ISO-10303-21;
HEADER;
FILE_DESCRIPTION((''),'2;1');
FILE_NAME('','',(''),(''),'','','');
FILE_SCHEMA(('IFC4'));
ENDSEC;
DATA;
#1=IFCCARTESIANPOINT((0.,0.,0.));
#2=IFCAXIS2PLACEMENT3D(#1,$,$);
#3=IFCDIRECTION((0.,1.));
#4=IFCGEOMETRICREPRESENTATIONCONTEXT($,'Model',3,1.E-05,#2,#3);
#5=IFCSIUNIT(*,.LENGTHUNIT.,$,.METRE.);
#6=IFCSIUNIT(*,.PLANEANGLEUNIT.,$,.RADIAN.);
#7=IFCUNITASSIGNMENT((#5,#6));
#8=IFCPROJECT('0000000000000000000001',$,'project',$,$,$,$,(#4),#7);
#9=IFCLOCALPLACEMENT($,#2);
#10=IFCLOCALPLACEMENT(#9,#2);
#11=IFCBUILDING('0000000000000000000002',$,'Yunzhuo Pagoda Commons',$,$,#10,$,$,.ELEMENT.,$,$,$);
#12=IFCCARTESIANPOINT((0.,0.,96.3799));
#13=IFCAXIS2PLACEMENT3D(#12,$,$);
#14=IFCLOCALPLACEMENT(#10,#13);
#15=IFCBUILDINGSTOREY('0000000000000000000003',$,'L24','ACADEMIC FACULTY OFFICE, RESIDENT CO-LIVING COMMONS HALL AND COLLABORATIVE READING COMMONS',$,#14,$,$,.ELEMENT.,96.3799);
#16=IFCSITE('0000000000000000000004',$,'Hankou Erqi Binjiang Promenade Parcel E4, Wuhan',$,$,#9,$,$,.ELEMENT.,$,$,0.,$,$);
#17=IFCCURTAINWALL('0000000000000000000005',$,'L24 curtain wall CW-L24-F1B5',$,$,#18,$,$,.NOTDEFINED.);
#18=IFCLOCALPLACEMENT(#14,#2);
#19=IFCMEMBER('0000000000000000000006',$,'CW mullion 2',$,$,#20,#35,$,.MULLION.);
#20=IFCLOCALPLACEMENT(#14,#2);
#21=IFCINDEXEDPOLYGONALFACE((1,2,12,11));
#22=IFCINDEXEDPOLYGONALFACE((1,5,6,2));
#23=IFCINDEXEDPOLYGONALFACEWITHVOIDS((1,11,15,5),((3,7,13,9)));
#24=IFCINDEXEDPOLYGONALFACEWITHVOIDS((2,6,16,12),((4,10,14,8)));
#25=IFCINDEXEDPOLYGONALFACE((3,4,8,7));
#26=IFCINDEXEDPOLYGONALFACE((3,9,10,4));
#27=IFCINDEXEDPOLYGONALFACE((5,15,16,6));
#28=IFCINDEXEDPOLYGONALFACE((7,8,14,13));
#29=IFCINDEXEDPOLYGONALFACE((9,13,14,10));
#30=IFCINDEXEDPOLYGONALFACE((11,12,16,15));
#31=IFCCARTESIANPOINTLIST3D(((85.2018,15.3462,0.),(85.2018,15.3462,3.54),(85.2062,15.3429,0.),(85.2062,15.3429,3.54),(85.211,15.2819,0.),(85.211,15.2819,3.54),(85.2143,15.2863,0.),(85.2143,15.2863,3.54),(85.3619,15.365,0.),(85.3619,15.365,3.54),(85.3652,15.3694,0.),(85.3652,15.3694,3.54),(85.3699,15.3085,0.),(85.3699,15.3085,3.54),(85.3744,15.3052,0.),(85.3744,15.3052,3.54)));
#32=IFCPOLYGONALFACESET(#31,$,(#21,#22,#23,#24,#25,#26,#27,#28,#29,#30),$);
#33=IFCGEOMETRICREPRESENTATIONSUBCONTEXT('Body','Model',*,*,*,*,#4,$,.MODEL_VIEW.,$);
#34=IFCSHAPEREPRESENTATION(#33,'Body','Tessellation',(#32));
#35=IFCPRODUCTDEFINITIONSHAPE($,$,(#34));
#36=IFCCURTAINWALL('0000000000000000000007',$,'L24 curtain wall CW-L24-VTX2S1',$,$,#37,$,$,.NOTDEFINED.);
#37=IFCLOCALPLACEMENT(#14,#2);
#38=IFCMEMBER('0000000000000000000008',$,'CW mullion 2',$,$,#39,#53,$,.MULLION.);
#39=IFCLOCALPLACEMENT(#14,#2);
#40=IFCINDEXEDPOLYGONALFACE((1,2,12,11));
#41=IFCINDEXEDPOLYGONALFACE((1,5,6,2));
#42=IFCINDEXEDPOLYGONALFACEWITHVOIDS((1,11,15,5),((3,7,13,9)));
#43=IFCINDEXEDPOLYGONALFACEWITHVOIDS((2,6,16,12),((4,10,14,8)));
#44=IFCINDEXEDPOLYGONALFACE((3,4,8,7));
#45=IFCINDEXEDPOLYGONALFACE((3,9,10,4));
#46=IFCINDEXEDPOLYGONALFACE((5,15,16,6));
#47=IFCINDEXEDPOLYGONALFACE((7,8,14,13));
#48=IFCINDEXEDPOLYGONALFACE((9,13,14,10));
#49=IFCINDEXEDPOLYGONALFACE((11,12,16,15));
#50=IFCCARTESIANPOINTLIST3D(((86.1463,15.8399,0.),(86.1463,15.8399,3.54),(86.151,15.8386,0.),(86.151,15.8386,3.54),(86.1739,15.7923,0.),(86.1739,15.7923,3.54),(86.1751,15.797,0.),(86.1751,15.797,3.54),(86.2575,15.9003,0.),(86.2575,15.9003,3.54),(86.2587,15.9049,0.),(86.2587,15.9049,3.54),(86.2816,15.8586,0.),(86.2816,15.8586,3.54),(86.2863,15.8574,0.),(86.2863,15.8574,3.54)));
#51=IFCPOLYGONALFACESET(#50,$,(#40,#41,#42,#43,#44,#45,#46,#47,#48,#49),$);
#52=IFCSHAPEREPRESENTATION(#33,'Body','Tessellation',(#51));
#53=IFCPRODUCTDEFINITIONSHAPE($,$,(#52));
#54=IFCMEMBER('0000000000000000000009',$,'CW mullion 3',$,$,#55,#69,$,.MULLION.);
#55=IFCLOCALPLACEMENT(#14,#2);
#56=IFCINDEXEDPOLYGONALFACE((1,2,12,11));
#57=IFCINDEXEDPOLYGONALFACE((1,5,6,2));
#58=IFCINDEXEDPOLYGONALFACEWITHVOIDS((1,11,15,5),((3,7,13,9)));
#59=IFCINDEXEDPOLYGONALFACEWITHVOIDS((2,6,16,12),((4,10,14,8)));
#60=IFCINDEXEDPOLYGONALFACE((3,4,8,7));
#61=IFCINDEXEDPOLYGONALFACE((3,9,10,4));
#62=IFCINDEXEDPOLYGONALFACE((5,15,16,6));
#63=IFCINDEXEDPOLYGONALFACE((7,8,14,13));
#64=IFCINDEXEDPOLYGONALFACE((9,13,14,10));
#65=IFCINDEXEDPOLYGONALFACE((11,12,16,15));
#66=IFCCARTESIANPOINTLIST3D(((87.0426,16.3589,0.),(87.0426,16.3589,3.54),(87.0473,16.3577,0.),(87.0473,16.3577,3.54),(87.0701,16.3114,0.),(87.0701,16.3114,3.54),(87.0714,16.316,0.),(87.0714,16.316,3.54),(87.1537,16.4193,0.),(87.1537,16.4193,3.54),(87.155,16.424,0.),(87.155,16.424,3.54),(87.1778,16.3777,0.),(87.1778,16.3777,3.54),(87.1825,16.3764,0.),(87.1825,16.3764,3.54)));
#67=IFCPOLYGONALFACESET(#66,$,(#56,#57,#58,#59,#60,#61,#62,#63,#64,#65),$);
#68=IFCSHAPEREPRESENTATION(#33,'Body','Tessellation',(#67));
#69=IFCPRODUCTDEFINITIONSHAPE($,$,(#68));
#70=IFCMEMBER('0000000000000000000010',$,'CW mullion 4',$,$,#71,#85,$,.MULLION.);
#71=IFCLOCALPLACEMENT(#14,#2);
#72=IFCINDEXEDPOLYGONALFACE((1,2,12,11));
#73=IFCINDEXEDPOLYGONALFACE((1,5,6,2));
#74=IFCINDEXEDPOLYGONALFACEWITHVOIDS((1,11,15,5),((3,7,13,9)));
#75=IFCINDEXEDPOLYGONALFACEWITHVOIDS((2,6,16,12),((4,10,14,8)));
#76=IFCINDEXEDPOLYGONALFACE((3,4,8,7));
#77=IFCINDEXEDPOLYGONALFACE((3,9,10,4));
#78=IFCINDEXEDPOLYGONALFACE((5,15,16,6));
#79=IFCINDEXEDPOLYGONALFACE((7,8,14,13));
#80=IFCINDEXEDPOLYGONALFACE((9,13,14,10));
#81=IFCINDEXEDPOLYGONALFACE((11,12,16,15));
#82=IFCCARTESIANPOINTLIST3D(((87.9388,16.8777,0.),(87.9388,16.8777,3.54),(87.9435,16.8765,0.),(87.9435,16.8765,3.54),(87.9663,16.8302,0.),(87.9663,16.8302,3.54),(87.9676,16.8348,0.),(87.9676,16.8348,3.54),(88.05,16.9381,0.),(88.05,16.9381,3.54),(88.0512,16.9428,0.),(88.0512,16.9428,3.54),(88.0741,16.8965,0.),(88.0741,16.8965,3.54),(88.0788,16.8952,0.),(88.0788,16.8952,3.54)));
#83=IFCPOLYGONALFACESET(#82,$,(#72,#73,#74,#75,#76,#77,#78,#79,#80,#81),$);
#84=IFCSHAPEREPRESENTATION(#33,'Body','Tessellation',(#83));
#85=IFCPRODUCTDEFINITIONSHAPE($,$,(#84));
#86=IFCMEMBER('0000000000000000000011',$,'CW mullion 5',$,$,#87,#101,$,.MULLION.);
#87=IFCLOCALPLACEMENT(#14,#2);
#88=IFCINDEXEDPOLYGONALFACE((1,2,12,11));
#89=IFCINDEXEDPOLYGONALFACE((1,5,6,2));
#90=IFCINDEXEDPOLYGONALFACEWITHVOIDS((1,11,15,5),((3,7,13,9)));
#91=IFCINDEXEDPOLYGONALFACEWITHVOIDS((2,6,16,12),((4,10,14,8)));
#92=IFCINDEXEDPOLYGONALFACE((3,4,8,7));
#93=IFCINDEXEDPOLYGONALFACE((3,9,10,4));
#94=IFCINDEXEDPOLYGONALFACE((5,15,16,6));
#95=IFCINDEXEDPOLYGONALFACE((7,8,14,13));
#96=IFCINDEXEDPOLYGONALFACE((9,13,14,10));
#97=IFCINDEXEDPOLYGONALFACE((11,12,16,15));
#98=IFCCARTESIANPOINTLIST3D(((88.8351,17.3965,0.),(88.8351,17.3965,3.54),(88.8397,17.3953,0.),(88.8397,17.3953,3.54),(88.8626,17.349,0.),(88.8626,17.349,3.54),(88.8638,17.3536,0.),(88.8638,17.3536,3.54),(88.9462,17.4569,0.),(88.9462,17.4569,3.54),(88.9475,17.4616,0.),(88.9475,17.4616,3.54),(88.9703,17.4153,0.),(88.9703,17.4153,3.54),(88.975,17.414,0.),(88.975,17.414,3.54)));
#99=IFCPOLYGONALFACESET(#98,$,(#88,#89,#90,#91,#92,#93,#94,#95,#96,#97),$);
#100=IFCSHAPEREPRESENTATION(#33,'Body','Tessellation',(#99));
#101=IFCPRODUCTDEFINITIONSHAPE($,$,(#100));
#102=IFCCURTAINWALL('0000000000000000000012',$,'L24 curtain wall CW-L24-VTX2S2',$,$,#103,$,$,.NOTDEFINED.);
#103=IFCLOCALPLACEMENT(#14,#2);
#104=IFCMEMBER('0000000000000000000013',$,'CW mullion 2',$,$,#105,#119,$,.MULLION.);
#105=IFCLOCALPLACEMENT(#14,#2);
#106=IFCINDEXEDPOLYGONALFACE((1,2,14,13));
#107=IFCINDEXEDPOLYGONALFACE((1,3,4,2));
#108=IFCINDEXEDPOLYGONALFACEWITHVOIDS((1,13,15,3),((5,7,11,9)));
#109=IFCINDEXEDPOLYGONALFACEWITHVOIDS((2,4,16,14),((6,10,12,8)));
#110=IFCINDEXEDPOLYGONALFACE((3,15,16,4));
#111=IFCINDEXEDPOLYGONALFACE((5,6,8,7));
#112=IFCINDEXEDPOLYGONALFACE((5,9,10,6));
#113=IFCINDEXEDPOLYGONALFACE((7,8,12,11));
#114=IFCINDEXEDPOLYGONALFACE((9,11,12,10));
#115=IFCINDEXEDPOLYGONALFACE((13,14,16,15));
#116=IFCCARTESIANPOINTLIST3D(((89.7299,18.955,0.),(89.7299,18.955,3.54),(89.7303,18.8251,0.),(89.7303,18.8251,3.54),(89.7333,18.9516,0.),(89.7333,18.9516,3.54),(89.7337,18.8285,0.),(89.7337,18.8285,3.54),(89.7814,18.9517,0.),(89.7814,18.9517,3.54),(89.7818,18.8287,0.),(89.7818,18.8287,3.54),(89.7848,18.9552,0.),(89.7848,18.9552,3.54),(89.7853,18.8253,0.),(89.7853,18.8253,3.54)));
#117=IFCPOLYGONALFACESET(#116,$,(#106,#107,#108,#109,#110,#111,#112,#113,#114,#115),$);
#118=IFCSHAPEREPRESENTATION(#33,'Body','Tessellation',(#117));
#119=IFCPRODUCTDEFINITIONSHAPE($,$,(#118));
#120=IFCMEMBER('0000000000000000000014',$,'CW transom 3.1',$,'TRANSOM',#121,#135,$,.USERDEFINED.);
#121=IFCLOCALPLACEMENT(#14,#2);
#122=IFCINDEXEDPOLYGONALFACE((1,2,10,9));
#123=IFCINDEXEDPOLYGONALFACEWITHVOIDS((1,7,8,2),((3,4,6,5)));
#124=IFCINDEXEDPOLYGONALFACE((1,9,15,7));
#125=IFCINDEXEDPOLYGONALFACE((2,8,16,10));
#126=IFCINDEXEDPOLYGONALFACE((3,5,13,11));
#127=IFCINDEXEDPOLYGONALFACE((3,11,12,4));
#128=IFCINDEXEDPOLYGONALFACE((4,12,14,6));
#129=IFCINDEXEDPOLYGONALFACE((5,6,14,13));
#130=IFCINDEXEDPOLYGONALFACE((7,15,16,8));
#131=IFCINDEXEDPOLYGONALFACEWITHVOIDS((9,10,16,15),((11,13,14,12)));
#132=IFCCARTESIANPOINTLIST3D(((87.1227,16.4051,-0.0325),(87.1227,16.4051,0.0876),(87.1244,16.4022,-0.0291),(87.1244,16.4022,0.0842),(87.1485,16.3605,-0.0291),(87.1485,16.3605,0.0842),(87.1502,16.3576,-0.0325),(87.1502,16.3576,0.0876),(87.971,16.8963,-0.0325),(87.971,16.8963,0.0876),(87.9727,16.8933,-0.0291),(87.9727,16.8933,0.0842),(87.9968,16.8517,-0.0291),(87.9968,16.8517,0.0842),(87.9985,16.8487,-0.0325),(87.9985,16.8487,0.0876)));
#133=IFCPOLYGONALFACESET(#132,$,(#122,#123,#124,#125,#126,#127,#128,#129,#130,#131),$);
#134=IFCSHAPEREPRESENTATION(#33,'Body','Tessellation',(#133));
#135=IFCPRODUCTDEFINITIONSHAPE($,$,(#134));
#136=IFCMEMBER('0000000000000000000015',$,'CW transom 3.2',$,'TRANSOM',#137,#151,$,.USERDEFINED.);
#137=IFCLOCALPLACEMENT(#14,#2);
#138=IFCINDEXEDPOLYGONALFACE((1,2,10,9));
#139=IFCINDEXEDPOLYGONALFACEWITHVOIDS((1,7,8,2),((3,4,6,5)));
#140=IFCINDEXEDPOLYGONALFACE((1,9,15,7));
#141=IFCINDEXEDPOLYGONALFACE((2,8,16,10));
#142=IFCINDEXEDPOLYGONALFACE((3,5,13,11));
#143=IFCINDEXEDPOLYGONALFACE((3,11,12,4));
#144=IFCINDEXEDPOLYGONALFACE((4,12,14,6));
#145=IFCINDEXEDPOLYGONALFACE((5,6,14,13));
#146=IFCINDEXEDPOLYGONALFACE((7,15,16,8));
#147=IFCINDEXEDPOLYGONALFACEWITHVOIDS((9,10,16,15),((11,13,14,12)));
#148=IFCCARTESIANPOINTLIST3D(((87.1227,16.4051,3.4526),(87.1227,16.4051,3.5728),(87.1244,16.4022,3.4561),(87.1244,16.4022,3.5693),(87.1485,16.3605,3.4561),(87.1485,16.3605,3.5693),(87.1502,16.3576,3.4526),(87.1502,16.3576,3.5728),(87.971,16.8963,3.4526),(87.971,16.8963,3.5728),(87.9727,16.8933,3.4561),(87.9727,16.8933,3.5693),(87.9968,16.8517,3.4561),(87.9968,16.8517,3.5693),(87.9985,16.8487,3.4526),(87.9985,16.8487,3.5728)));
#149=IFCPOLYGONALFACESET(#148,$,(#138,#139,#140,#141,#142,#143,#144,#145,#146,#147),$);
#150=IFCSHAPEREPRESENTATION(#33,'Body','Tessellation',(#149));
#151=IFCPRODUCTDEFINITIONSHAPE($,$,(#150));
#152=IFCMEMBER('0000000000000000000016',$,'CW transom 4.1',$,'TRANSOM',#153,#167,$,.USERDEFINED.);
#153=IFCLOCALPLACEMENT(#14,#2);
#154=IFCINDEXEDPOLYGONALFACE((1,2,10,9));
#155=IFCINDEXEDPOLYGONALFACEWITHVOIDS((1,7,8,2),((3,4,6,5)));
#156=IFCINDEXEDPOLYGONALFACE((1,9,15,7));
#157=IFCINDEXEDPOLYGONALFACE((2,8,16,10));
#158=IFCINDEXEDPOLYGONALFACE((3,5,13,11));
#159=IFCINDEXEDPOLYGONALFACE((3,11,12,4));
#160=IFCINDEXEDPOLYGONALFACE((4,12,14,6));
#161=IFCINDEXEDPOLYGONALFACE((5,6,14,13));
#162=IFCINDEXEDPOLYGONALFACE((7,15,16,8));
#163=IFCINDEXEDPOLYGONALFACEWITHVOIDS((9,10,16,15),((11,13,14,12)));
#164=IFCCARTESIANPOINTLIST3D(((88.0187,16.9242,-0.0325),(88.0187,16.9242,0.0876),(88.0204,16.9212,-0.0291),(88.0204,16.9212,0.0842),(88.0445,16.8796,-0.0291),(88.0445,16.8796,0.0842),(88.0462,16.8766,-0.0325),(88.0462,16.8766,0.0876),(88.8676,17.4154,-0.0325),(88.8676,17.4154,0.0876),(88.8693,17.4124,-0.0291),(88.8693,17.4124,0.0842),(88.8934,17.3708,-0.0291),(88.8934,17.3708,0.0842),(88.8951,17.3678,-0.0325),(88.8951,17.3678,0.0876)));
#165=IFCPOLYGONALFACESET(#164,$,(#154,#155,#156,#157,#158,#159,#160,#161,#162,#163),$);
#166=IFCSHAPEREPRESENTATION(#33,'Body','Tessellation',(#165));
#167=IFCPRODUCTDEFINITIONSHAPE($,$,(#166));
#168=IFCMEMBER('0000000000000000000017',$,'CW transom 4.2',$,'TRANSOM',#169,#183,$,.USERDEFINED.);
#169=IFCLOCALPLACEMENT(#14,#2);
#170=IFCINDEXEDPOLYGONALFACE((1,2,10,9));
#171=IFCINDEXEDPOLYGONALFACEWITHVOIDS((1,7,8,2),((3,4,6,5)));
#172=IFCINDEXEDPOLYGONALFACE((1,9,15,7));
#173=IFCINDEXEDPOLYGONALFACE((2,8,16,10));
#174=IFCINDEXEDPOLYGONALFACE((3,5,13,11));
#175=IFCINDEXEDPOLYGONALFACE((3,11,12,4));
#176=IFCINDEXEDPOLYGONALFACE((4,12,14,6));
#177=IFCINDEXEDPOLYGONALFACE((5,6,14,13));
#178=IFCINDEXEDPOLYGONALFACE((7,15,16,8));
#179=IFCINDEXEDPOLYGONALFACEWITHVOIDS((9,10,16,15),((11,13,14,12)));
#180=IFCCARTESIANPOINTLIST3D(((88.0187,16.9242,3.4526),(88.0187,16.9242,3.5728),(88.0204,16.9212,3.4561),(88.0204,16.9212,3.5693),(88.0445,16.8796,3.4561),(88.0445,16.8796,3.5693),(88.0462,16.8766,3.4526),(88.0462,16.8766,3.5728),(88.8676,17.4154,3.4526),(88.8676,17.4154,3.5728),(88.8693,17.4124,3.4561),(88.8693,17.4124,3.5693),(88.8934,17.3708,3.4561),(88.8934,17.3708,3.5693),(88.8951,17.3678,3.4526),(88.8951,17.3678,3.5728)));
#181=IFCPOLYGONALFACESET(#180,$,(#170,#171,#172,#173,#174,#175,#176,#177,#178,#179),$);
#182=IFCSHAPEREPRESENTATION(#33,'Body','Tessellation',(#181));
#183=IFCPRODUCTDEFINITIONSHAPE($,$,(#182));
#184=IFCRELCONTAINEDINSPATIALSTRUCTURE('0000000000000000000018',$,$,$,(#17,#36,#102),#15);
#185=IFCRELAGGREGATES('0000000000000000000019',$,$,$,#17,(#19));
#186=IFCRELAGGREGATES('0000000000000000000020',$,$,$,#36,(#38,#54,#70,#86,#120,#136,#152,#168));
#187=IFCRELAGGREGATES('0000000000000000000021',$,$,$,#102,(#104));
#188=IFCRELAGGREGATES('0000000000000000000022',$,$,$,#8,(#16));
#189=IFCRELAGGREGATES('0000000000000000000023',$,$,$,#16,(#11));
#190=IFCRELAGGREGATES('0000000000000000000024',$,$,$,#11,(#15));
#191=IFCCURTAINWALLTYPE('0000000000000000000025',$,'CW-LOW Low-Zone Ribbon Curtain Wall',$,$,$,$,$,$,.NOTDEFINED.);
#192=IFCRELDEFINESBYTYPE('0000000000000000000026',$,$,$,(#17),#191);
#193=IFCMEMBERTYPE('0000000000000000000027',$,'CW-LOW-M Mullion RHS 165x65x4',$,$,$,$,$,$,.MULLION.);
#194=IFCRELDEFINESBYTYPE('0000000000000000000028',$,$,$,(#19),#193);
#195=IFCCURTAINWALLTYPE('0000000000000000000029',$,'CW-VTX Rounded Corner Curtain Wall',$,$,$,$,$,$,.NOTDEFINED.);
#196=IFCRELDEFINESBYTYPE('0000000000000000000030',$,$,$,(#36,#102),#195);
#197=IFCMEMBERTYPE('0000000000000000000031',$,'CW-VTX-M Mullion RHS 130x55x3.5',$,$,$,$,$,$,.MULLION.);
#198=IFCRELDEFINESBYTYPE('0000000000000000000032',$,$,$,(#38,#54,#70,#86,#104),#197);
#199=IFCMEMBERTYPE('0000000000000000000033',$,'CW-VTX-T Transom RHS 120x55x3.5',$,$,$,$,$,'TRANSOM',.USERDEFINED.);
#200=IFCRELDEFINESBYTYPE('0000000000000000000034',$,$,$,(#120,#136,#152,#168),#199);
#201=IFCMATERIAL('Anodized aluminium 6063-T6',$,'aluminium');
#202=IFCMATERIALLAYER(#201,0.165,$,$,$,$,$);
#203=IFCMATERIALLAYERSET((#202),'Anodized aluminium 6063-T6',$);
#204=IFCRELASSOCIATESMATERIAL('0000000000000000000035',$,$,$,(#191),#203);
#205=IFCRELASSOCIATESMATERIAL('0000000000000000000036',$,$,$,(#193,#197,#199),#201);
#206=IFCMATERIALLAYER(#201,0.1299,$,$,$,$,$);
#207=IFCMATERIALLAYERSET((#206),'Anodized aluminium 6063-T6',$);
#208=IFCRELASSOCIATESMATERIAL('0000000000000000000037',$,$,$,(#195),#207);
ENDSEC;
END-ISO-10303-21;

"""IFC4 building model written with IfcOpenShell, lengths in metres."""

from ifc_helpers import new_model, si_unit, direction, frame, origin, origin_2d, place, context, subcontext, project, spatial, hollow_rectangle, extrude, source, transform, mapped, material, layer, layer_set, material_profile, profile_set, type_object, element, aggregate, save


model = new_model("IFC4")

# Units and contexts
model_context = context("Model", 3, precision=1e-05, world=origin(), true_north=direction((0.0, 1.0)))
body_context = subcontext(model_context, "Body", "Model", "MODEL_VIEW")
ifc_project = project(units=[si_unit("LENGTHUNIT", "METRE"), si_unit("PLANEANGLEUNIT", "RADIAN")], contexts=[model_context])

# Site, building, storey
site_placement = place(None, origin())
site = spatial("IfcSite", under=ifc_project, at=site_placement, Name="Hankou Erqi Binjiang Promenade Parcel E4, Wuhan", CompositionType="ELEMENT", RefElevation=0.0)
building_placement = place(site_placement, origin())
building = spatial("IfcBuilding", under=site, at=building_placement, Name="Yunzhuo Pagoda Commons", CompositionType="ELEMENT")
storey_placement = place(building_placement, frame((0.0, 0.0, 96.3799)))
storey = spatial("IfcBuildingStorey", under=building, at=storey_placement, Name="L24", Description="ACADEMIC FACULTY OFFICE, RESIDENT CO-LIVING COMMONS HALL AND COLLABORATIVE READING COMMONS", CompositionType="ELEMENT", Elevation=96.3799)

# Curtain wall, member
ifc_material_1 = material(Name="Anodized aluminium 6063-T6", Category="aluminium")
ifc_layer_1 = layer(ifc_material_1, 0.165)
ifc_layer_set_1 = layer_set([ifc_layer_1], Name="Anodized aluminium 6063-T6")
curtain_wall_type_1 = type_object("IfcCurtainWallType", Name="CW-LOW Low-Zone Ribbon Curtain Wall", PredefinedType="NOTDEFINED", material=ifc_layer_set_1)
curtain_wall_1_placement = place(storey_placement, origin())
curtain_wall_1 = element("IfcCurtainWall", 1, at=curtain_wall_1_placement, inside=storey, type_object=curtain_wall_type_1, Name="L24 curtain wall CW-L24-F1B5", PredefinedType="NOTDEFINED")
ifc_material_profile_1 = material_profile(ifc_material_1, hollow_rectangle(XDim=0.0649, YDim=0.165, WallThickness=0.0039, at=origin_2d()), Name="Anodized aluminium 6063-T6")
ifc_profile_set_1 = profile_set([ifc_material_profile_1], Name="Anodized aluminium 6063-T6")
member_type_1 = type_object("IfcMemberType", Name="CW-LOW-M Mullion RHS 165x65x4", PredefinedType="MULLION", material=ifc_profile_set_1)
shared_shape_1 = source(origin(), body_context, "Body", "SweptSolid", [
    extrude(hollow_rectangle(XDim=0.0649, YDim=0.165, WallThickness=0.0039, at=origin_2d()), origin(), (0.0, 0.0, 1.0), 3.54),
])
member_1_placement = place(storey_placement, frame((85.2881, 15.3257, 0.0), z_axis=(0.0, 0.0, 1.0), x_axis=(-0.140774, 0.990042, 0.0)))
member_1 = element("IfcMember", 2, at=member_1_placement, type_object=member_type_1, Name="CW mullion 2", PredefinedType="MULLION", context=body_context, shape_type="MappedRepresentation", body=[
    mapped(shared_shape_1, transform((0.0, 0.0, 0.0), scale=1.0)),
])
aggregate(curtain_wall_1, [member_1])

# Curtain wall, members
ifc_layer_2 = layer(ifc_material_1, 0.1299)
ifc_layer_set_2 = layer_set([ifc_layer_2], Name="Anodized aluminium 6063-T6")
curtain_wall_type_2 = type_object("IfcCurtainWallType", Name="CW-VTX Rounded Corner Curtain Wall", PredefinedType="NOTDEFINED", material=ifc_layer_set_2)
curtain_wall_2_placement = place(storey_placement, origin())
curtain_wall_2 = element("IfcCurtainWall", 3, at=curtain_wall_2_placement, inside=storey, type_object=curtain_wall_type_2, Name="L24 curtain wall CW-L24-VTX2S1", PredefinedType="NOTDEFINED")
ifc_material_profile_2 = material_profile(ifc_material_1, hollow_rectangle(XDim=0.0549, YDim=0.1299, WallThickness=0.0034, at=origin_2d()), Name="Anodized aluminium 6063-T6")
ifc_profile_set_2 = profile_set([ifc_material_profile_2], Name="Anodized aluminium 6063-T6")
member_type_2 = type_object("IfcMemberType", Name="CW-VTX-M Mullion RHS 130x55x3.5", PredefinedType="MULLION", material=ifc_profile_set_2)
shared_shape_2 = source(origin(), body_context, "Body", "SweptSolid", [
    extrude(hollow_rectangle(XDim=0.0549, YDim=0.1299, WallThickness=0.0034, at=origin_2d()), origin(), (0.0, 0.0, 1.0), 3.54),
])
member_2_placement = place(storey_placement, frame((86.2163, 15.8486, 0.0), z_axis=(0.0, 0.0, 1.0), x_axis=(-0.501036, 0.865427, 0.0)))
member_2 = element("IfcMember", 4, at=member_2_placement, type_object=member_type_2, Name="CW mullion 2", PredefinedType="MULLION", context=body_context, shape_type="MappedRepresentation", body=[
    mapped(shared_shape_2, transform((0.0, 0.0, 0.0), scale=1.0)),
])
member_3_placement = place(storey_placement, frame((87.1125, 16.3677, 0.0), z_axis=(0.0, 0.0, 1.0), x_axis=(-0.501036, 0.865427, 0.0)))
member_3 = element("IfcMember", 5, at=member_3_placement, type_object=member_type_2, Name="CW mullion 3", PredefinedType="MULLION", context=body_context, shape_type="MappedRepresentation", body=[
    mapped(shared_shape_2, transform((0.0, 0.0, 0.0), scale=1.0)),
])
member_4_placement = place(storey_placement, frame((88.0088, 16.8865, 0.0), z_axis=(0.0, 0.0, 1.0), x_axis=(-0.501036, 0.865427, 0.0)))
member_4 = element("IfcMember", 6, at=member_4_placement, type_object=member_type_2, Name="CW mullion 4", PredefinedType="MULLION", context=body_context, shape_type="MappedRepresentation", body=[
    mapped(shared_shape_2, transform((0.0, 0.0, 0.0), scale=1.0)),
])
member_5_placement = place(storey_placement, frame((88.905, 17.4053, 0.0), z_axis=(0.0, 0.0, 1.0), x_axis=(-0.501036, 0.865427, 0.0)))
member_5 = element("IfcMember", 7, at=member_5_placement, type_object=member_type_2, Name="CW mullion 5", PredefinedType="MULLION", context=body_context, shape_type="MappedRepresentation", body=[
    mapped(shared_shape_2, transform((0.0, 0.0, 0.0), scale=1.0)),
])

# Curtain wall, member
curtain_wall_3_placement = place(storey_placement, origin())
curtain_wall_3 = element("IfcCurtainWall", 8, at=curtain_wall_3_placement, inside=storey, type_object=curtain_wall_type_2, Name="L24 curtain wall CW-L24-VTX2S2", PredefinedType="NOTDEFINED")
member_6_placement = place(storey_placement, frame((89.7576, 18.8901, 0.0), z_axis=(0.0, 0.0, 1.0), x_axis=(-0.999994, -0.003573, 0.0)))
member_6 = element("IfcMember", 9, at=member_6_placement, type_object=member_type_2, Name="CW mullion 2", PredefinedType="MULLION", context=body_context, shape_type="MappedRepresentation", body=[
    mapped(shared_shape_2, transform((0.0, 0.0, 0.0), scale=1.0)),
])

# Members
ifc_material_profile_3 = material_profile(ifc_material_1, hollow_rectangle(XDim=0.0549, YDim=0.1201, WallThickness=0.0034, at=origin_2d()), Name="Anodized aluminium 6063-T6")
ifc_profile_set_3 = profile_set([ifc_material_profile_3], Name="Anodized aluminium 6063-T6")
member_type_3 = type_object("IfcMemberType", Name="CW-VTX-T Transom RHS 120x55x3.5", ElementType="TRANSOM", PredefinedType="USERDEFINED", material=ifc_profile_set_3)
shared_shape_3 = source(origin(), body_context, "Body", "SweptSolid", [
    extrude(hollow_rectangle(XDim=0.0549, YDim=0.1201, WallThickness=0.0034, at=origin_2d()), origin(), (0.0, 0.0, 1.0), 0.9802),
])
member_7_placement = place(storey_placement, frame((87.1365, 16.3813, 0.0276), z_axis=(0.865409, 0.501066, 0.0), x_axis=(-0.501066, 0.865409, 0.0)))
member_7 = element("IfcMember", 10, at=member_7_placement, type_object=member_type_3, Name="CW transom 3.1", ObjectType="TRANSOM", PredefinedType="USERDEFINED", context=body_context, shape_type="MappedRepresentation", body=[
    mapped(shared_shape_3, transform((0.0, 0.0, 0.0), scale=1.0)),
])
member_8_placement = place(storey_placement, frame((87.1365, 16.3813, 3.5127), z_axis=(0.865409, 0.501066, 0.0), x_axis=(-0.501066, 0.865409, 0.0)))
member_8 = element("IfcMember", 11, at=member_8_placement, type_object=member_type_3, Name="CW transom 3.2", ObjectType="TRANSOM", PredefinedType="USERDEFINED", context=body_context, shape_type="MappedRepresentation", body=[
    mapped(shared_shape_3, transform((0.0, 0.0, 0.0), scale=1.0)),
])
shared_shape_4 = source(origin(), body_context, "Body", "SweptSolid", [
    extrude(hollow_rectangle(XDim=0.0549, YDim=0.1201, WallThickness=0.0034, at=origin_2d()), origin(), (0.0, 0.0, 1.0), 0.9807),
])
member_9_placement = place(storey_placement, frame((88.0325, 16.9004, 0.0276), z_axis=(0.865534, 0.50085, 0.0), x_axis=(-0.50085, 0.865534, 0.0)))
member_9 = element("IfcMember", 12, at=member_9_placement, type_object=member_type_3, Name="CW transom 4.1", ObjectType="TRANSOM", PredefinedType="USERDEFINED", context=body_context, shape_type="MappedRepresentation", body=[
    mapped(shared_shape_4, transform((0.0, 0.0, 0.0), scale=1.0)),
])
member_10_placement = place(storey_placement, frame((88.0325, 16.9004, 3.5127), z_axis=(0.865534, 0.50085, 0.0), x_axis=(-0.50085, 0.865534, 0.0)))
member_10 = element("IfcMember", 13, at=member_10_placement, type_object=member_type_3, Name="CW transom 4.2", ObjectType="TRANSOM", PredefinedType="USERDEFINED", context=body_context, shape_type="MappedRepresentation", body=[
    mapped(shared_shape_4, transform((0.0, 0.0, 0.0), scale=1.0)),
])

aggregate(curtain_wall_2, [member_2, member_3, member_4, member_5, member_7, member_8, member_9, member_10])
aggregate(curtain_wall_3, [member_6])

save(model, "model.ifc")
